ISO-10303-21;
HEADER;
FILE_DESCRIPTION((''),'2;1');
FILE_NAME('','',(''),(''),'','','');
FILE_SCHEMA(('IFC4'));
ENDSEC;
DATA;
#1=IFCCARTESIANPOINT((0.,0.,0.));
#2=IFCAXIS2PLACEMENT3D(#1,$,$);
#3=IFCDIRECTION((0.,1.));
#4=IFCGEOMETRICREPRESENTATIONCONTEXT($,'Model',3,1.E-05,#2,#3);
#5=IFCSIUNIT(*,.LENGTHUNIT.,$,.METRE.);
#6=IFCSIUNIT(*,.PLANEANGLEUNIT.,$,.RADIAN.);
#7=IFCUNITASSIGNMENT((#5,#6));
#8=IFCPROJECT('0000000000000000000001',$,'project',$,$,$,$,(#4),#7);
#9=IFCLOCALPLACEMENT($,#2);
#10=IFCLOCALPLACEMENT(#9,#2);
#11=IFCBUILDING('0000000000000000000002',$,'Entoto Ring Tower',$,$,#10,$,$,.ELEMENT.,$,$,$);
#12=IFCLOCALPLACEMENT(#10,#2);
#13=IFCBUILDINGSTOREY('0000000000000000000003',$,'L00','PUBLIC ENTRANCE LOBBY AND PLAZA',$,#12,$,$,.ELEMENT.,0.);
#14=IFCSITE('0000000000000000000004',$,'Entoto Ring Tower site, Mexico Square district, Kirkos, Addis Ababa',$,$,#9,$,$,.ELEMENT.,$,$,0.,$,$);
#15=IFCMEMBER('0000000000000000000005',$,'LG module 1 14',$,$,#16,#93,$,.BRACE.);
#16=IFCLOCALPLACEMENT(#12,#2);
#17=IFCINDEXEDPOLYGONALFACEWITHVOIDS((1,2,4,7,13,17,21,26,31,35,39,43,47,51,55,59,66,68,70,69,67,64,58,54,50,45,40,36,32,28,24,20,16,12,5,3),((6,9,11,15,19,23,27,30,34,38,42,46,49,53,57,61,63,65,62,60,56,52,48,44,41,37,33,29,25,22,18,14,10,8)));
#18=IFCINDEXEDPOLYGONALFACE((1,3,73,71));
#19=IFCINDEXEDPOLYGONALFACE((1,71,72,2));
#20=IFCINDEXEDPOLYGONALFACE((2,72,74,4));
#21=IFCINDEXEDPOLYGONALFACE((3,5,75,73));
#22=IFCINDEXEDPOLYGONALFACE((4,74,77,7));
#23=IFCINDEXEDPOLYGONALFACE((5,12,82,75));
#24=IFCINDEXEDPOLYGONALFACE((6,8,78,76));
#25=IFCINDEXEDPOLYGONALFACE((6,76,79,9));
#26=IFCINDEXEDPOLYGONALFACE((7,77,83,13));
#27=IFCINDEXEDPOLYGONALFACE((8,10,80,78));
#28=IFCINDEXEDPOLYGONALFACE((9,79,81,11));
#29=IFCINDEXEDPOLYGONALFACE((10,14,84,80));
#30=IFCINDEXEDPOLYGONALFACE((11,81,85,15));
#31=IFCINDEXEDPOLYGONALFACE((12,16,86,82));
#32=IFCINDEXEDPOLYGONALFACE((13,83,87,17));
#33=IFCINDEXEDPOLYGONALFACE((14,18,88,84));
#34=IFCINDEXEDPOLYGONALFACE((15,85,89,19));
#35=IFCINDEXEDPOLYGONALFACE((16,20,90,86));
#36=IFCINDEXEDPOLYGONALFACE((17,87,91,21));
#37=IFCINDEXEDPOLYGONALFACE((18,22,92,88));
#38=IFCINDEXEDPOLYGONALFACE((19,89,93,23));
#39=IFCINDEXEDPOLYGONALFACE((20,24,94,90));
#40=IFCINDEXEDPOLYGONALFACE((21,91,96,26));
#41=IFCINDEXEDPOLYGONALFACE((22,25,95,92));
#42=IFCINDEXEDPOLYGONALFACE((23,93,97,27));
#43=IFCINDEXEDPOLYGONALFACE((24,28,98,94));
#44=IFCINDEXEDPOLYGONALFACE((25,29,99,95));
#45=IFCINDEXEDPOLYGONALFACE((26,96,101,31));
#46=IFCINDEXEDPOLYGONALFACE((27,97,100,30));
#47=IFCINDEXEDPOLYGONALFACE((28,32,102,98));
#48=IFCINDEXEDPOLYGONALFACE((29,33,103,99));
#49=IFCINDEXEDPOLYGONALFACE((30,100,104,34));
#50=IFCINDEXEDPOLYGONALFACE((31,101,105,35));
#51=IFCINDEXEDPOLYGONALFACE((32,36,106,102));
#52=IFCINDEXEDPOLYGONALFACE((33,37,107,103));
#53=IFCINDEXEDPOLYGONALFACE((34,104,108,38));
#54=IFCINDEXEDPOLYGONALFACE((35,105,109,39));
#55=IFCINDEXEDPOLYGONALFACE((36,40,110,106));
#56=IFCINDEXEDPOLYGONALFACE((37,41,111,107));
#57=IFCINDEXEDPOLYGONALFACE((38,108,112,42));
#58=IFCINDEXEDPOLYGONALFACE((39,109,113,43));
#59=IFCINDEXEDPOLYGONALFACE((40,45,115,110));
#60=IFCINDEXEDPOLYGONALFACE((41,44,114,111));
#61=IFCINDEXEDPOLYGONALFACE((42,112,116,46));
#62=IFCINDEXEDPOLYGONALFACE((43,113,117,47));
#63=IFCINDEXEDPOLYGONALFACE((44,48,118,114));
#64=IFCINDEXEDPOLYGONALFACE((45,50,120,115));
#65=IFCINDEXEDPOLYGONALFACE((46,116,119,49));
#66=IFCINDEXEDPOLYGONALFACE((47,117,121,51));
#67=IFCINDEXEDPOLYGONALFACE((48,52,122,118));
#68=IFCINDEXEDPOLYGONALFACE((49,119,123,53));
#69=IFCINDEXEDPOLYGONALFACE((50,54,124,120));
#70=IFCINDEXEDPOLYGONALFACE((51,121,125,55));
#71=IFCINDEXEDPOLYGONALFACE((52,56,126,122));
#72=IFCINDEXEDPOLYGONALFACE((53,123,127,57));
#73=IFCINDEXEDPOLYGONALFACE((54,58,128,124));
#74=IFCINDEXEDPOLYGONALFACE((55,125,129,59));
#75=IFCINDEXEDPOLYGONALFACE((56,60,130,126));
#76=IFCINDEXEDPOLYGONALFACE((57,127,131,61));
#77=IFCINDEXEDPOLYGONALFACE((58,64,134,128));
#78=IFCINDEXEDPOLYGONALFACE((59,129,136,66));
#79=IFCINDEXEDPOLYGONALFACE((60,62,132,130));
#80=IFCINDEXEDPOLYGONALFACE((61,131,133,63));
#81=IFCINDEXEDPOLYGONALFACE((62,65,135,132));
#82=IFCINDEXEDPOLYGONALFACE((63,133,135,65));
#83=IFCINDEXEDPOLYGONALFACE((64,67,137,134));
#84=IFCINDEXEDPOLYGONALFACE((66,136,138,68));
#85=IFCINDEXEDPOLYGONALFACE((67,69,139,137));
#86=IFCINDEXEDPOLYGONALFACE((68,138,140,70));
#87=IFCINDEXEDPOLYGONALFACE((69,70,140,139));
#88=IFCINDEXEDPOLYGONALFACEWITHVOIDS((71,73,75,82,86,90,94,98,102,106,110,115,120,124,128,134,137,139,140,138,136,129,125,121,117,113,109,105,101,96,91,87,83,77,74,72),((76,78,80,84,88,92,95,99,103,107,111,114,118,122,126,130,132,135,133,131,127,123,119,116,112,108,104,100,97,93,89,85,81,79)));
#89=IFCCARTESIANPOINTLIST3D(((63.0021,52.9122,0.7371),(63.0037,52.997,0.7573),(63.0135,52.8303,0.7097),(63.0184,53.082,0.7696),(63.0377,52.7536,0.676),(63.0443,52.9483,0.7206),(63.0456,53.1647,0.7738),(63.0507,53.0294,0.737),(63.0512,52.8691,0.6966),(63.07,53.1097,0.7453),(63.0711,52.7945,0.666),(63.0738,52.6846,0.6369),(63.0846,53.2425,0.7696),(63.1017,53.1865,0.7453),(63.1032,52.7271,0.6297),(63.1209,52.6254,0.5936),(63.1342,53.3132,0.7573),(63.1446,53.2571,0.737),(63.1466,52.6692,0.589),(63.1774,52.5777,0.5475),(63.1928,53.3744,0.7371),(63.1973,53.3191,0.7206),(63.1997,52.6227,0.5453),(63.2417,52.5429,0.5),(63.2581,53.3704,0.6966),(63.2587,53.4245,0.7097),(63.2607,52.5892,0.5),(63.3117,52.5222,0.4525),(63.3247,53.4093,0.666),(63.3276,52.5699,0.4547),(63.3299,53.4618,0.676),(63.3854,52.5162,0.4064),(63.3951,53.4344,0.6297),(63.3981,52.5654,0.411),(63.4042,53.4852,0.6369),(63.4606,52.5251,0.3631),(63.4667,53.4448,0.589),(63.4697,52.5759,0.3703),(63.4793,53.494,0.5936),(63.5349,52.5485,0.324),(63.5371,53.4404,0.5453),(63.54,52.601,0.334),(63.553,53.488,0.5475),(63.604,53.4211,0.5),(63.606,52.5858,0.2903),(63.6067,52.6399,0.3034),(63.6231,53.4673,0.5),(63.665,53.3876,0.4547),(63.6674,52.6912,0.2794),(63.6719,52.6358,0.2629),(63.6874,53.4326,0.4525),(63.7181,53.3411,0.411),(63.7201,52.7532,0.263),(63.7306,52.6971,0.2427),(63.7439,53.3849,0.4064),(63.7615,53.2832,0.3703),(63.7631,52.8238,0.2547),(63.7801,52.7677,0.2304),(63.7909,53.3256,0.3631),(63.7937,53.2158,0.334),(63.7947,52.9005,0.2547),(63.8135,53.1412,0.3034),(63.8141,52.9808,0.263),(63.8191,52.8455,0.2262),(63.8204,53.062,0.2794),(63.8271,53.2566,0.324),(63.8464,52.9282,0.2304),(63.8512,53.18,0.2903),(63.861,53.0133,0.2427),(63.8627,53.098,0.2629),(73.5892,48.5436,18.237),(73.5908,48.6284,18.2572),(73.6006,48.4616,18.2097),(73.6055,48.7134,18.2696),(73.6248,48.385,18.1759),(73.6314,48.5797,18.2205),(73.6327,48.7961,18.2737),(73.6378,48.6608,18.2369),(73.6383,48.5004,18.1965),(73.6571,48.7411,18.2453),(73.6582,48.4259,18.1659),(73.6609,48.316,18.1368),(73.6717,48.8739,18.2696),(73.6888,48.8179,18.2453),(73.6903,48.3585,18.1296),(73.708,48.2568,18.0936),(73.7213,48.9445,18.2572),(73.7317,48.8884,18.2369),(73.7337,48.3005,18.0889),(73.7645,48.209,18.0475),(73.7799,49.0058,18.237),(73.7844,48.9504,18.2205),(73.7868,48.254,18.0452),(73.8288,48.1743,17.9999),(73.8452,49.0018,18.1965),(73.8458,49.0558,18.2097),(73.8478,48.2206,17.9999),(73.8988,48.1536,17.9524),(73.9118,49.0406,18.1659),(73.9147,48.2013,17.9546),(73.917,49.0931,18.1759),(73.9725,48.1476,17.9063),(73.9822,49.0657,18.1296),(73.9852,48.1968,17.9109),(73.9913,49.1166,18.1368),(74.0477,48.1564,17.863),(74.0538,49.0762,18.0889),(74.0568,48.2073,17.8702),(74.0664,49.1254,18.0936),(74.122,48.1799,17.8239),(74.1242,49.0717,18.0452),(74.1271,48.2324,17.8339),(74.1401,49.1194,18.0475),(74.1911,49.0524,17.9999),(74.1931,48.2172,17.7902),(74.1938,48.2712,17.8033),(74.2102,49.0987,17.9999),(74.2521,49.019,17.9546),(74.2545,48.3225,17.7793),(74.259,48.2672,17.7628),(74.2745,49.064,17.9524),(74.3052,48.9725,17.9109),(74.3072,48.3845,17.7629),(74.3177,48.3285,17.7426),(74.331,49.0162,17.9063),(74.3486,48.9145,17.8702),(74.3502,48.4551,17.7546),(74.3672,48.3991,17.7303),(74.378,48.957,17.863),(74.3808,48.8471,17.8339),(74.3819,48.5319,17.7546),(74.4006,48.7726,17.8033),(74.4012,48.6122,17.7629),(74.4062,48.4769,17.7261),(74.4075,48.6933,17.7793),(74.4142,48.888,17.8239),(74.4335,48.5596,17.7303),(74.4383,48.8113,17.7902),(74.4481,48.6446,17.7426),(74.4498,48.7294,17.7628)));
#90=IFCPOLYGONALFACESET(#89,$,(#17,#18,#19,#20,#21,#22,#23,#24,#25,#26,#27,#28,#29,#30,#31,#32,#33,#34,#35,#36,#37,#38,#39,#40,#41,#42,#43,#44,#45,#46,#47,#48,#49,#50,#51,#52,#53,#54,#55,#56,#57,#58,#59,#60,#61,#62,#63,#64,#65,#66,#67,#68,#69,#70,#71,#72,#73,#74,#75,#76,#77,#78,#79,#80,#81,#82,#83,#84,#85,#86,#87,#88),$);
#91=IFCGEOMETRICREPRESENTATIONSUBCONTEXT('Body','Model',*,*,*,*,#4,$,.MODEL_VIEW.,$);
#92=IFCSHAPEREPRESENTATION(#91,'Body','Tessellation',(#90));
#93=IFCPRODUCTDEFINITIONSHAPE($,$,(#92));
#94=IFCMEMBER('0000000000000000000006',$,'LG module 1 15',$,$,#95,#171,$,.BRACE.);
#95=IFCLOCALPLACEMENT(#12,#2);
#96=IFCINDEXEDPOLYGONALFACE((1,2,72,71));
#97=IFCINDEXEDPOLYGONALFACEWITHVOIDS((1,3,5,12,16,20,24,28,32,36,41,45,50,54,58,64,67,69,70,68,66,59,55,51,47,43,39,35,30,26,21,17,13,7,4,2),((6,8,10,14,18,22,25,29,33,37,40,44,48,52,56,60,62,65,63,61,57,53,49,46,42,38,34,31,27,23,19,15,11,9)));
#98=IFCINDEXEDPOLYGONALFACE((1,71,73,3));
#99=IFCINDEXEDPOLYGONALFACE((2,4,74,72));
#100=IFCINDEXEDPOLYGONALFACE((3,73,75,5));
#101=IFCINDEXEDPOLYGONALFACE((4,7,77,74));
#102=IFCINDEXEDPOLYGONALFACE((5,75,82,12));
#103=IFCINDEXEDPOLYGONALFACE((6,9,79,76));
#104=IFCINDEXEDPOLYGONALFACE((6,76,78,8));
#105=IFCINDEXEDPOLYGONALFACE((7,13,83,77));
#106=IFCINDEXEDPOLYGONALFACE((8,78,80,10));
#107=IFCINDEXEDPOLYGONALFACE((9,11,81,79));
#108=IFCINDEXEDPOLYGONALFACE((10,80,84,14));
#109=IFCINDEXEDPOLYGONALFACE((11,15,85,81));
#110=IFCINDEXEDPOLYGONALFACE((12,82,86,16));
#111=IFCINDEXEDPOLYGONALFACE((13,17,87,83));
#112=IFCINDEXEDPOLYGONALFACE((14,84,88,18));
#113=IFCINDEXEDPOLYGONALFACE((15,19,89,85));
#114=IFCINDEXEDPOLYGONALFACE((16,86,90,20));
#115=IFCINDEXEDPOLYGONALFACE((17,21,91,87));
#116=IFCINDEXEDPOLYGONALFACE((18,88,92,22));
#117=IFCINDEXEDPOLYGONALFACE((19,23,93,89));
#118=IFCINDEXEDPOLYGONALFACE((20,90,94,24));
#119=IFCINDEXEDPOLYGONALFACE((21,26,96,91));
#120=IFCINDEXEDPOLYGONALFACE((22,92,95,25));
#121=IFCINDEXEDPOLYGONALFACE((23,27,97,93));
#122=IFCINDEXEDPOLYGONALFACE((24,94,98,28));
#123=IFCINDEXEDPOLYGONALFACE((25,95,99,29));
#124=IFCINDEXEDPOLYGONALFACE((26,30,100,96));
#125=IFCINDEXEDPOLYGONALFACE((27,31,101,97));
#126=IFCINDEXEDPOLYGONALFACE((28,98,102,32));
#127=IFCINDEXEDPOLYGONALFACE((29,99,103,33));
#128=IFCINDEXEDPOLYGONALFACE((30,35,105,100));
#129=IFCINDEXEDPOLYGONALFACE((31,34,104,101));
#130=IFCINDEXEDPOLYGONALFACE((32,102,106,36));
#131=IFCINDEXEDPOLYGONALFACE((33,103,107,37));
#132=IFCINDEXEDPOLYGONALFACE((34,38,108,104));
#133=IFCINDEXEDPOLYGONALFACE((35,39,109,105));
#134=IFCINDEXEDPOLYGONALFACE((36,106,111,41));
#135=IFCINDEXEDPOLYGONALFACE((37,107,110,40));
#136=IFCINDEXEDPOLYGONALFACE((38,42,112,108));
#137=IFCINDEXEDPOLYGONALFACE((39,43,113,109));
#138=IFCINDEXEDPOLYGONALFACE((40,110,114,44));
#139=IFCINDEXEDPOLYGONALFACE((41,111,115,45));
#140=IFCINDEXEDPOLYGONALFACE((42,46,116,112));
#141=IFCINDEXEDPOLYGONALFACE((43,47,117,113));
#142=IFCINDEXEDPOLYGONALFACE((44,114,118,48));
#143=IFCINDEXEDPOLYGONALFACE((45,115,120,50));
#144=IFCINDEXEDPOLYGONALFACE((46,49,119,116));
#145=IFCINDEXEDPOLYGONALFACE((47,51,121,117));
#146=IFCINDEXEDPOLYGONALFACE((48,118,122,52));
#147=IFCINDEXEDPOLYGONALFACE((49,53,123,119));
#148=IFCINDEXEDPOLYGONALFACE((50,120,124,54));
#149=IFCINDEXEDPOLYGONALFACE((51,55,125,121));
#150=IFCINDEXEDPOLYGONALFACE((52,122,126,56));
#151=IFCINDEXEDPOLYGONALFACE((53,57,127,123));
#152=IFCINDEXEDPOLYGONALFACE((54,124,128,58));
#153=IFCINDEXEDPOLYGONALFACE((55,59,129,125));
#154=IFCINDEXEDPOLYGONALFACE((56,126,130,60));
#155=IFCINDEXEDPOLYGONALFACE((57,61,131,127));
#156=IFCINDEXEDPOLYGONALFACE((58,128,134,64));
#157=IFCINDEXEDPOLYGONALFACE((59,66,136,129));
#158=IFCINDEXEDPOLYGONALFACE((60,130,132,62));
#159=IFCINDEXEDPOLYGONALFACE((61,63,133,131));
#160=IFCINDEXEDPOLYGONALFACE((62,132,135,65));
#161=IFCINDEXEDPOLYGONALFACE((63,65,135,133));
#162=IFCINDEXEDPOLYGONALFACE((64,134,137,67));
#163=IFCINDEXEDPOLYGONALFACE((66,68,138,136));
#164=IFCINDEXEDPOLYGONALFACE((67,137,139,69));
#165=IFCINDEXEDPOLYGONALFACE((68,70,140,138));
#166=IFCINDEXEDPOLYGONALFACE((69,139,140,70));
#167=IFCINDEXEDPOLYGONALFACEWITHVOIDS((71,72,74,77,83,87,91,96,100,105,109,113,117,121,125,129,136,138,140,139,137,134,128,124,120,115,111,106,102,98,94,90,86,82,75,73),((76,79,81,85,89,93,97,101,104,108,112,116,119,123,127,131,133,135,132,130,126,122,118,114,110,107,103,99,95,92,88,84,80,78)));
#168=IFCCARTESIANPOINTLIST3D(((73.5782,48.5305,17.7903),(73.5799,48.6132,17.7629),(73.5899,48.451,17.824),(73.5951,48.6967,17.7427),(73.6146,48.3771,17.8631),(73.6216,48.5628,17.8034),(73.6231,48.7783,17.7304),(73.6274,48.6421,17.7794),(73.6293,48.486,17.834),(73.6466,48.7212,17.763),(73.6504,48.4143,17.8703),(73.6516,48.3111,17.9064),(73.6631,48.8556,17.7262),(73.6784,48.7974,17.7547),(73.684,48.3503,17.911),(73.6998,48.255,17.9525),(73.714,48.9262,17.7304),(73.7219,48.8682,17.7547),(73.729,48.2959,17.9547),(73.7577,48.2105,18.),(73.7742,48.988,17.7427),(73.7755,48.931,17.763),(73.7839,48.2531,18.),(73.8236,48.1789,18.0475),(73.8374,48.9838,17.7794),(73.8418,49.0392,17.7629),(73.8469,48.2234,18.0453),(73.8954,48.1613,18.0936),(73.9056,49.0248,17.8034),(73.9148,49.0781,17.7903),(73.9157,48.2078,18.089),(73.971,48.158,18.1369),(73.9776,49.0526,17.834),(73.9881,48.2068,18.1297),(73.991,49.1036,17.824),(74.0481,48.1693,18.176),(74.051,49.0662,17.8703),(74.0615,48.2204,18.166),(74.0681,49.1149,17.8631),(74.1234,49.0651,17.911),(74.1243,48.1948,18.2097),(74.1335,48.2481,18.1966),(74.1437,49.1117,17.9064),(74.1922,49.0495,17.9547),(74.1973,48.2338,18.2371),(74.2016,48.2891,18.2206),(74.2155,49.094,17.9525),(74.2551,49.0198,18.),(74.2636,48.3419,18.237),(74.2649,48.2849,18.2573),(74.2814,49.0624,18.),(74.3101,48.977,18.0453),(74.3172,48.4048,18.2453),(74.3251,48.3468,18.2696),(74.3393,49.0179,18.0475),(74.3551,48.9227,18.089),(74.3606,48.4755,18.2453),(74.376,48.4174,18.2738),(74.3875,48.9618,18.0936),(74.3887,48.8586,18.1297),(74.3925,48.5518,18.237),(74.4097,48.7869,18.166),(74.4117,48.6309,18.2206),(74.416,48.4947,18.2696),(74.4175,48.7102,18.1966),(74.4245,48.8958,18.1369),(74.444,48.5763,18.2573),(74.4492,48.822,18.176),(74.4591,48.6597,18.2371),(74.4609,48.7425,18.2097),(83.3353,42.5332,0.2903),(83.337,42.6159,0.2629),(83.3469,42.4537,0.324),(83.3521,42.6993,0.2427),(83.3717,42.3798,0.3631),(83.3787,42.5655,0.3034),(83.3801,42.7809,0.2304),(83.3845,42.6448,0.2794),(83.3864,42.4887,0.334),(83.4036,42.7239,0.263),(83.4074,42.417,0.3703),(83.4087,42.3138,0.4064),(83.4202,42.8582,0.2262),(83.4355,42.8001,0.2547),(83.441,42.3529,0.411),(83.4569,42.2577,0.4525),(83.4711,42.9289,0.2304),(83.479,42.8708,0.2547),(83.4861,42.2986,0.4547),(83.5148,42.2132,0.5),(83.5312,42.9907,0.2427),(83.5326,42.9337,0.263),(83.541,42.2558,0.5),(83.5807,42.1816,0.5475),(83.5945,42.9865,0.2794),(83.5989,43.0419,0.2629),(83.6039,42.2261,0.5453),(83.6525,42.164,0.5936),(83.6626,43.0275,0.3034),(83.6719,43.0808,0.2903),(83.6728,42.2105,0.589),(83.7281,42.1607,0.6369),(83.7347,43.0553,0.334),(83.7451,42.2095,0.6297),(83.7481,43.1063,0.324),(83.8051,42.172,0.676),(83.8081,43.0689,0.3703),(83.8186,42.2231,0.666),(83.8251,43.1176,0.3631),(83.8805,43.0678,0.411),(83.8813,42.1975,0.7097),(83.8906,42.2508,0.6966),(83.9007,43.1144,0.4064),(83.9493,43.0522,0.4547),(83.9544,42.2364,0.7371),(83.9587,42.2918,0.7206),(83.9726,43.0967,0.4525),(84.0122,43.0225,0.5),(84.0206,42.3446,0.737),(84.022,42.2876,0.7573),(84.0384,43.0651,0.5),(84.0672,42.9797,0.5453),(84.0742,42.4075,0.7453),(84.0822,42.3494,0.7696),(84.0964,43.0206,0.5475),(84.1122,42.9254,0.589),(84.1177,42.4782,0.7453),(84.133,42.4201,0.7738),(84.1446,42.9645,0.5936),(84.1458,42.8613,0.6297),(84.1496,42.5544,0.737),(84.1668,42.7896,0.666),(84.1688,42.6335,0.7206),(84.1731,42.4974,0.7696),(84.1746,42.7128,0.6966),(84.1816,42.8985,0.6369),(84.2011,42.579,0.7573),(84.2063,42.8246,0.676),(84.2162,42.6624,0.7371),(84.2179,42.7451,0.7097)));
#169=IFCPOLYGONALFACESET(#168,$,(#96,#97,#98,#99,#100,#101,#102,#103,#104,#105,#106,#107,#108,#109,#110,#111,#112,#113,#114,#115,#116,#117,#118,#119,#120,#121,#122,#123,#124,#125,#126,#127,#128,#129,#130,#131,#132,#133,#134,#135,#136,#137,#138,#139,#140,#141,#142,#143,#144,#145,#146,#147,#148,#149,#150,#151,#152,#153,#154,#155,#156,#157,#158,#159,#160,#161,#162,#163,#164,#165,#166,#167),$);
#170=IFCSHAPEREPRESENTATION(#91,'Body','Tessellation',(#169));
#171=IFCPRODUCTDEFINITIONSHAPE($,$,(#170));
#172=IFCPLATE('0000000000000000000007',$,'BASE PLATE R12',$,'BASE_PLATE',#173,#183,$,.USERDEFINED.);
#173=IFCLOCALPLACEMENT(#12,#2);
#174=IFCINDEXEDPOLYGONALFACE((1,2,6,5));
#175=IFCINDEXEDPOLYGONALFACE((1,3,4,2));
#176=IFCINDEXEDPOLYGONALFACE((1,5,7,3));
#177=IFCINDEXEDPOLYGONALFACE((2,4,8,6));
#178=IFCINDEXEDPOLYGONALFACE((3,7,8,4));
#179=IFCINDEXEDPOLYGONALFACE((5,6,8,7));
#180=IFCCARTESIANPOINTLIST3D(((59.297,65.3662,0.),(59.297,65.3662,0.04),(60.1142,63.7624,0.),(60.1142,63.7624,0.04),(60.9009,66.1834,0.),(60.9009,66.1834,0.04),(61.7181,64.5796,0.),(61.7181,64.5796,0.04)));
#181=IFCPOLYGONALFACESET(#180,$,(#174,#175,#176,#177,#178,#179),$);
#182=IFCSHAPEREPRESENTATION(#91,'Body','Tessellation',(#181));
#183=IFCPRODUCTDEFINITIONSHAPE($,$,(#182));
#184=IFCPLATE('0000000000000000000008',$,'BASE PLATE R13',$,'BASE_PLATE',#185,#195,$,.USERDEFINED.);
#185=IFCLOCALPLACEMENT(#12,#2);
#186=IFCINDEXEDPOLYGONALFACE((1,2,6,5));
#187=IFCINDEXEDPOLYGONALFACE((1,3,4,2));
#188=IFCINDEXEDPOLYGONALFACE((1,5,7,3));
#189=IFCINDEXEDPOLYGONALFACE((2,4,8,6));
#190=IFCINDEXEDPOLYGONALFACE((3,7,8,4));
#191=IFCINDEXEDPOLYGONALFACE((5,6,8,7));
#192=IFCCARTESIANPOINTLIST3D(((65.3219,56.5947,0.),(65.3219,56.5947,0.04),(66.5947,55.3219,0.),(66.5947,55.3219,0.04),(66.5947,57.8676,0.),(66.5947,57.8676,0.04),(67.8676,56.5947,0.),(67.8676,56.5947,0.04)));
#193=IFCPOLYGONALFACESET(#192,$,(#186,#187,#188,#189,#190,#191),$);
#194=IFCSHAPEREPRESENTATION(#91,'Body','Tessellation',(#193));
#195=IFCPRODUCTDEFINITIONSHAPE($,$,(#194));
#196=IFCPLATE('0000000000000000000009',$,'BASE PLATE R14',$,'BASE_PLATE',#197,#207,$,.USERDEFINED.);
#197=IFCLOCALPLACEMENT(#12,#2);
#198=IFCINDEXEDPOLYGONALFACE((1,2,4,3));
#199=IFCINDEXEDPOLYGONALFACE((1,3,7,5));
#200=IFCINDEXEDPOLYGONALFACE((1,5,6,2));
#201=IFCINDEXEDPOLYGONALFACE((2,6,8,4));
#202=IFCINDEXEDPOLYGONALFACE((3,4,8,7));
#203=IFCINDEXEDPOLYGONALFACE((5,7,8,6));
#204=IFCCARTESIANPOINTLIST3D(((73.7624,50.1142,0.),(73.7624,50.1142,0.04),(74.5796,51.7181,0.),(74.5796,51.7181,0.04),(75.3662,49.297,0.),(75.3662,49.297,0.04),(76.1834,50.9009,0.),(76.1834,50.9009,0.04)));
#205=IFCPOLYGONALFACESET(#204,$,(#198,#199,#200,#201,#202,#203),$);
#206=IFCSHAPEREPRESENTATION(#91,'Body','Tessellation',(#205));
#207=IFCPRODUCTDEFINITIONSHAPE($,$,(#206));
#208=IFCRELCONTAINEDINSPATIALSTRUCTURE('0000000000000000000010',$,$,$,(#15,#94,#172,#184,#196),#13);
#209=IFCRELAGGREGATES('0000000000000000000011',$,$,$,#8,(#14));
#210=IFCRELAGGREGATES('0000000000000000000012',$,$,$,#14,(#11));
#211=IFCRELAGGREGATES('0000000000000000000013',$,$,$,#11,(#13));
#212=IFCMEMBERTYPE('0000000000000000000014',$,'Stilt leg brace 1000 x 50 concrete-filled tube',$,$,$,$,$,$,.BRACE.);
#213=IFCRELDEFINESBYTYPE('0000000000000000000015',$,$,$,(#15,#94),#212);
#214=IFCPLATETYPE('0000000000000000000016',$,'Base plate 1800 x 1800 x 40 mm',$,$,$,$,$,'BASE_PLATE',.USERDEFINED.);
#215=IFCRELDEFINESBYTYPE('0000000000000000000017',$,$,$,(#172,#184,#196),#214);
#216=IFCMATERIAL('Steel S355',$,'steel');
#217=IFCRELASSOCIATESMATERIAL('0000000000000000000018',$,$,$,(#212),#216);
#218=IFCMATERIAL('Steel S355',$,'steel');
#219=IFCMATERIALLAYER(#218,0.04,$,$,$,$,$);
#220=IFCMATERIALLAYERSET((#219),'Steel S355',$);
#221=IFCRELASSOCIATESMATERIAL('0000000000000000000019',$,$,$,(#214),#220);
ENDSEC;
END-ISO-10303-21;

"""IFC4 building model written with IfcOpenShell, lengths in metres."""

from ifc_helpers import new_model, si_unit, direction, frame, origin, origin_2d, place, context, subcontext, project, spatial, rectangle, circle, hollow_circle, extrude, material, layer, layer_set, material_profile, profile_set, type_object, element, save


model = new_model("IFC4")

# Units and contexts
model_context = context("Model", 3, precision=1e-05, world=origin(), true_north=direction((0.0, 1.0)))
body_context = subcontext(model_context, "Body", "Model", "MODEL_VIEW")
ifc_project = project(units=[si_unit("LENGTHUNIT", "METRE"), si_unit("PLANEANGLEUNIT", "RADIAN")], contexts=[model_context])

# Site, building, storey
site_placement = place(None, origin())
site = spatial("IfcSite", under=ifc_project, at=site_placement, Name="Entoto Ring Tower site, Mexico Square district, Kirkos, Addis Ababa", CompositionType="ELEMENT", RefElevation=0.0)
building_placement = place(site_placement, origin())
building = spatial("IfcBuilding", under=site, at=building_placement, Name="Entoto Ring Tower", CompositionType="ELEMENT")
storey_placement = place(building_placement, origin())
storey = spatial("IfcBuildingStorey", under=building, at=storey_placement, Name="L00", Description="PUBLIC ENTRANCE LOBBY AND PLAZA", CompositionType="ELEMENT", Elevation=0.0)

# Members
ifc_material_1 = material(Name="Steel S355", Category="steel")
ifc_material_profile_1 = material_profile(ifc_material_1, hollow_circle(Radius=0.5, WallThickness=0.05, at=origin_2d()), Name="CHS 1000 x 50")
ifc_material_2 = material(Name="Concrete C60/75", Category="concrete")
ifc_material_profile_2 = material_profile(ifc_material_2, circle(Radius=0.45, at=origin_2d()), Name="Concrete C60/75 infill")
ifc_profile_set_1 = profile_set([ifc_material_profile_1, ifc_material_profile_2], Name="Steel S355")
member_type = type_object("IfcMemberType", Name="Stilt leg brace 1000 x 50 concrete-filled tube", PredefinedType="BRACE", material=ifc_profile_set_1)
for number, where, z_axis, x_axis, name in (
    (1, (63.4324, 53.0051, 0.5), (0.506207, -0.20888, 0.836734), (0.381439, 0.924394, 0.0), "LG module 1 14"),
    (2, (83.7766, 42.6392, 0.5), (-0.466521, 0.286753, 0.836738), (-0.523651, -0.851933, 0.0), "LG module 1 15"),
):
    element("IfcMember", number, at=place(storey_placement, frame(where, z_axis=z_axis, x_axis=x_axis)), inside=storey, type_object=member_type, Name=name, PredefinedType="BRACE", context=body_context, shape_type="SweptSolid", body=[
        extrude(hollow_circle(Radius=0.5, WallThickness=0.05, at=origin_2d()), origin(), (0.0, 0.0, 1.0), 20.9146),
    ])

# Plates
ifc_material_3 = material(Name="Steel S355", Category="steel")
ifc_layer_1 = layer(ifc_material_3, 0.04)
ifc_layer_set_1 = layer_set([ifc_layer_1], Name="Steel S355")
plate_type = type_object("IfcPlateType", Name="Base plate 1800 x 1800 x 40 mm", ElementType="BASE_PLATE", PredefinedType="USERDEFINED", material=ifc_layer_set_1)
for number, where, z_axis, x_axis, name in (
    (3, (60.5076, 64.9729, 0.0), (0.0, 0.0, 1.0), (-0.891007, -0.45399, 0.0), "BASE PLATE R12"),
    (4, (66.5947, 56.5947, 0.0), (0.0, 0.0, 1.0), (-0.707107, -0.707107, 0.0), "BASE PLATE R13"),
    (5, (74.9729, 50.5076, 0.0), (0.0, 0.0, 1.0), (-0.45399, -0.891007, 0.0), "BASE PLATE R14"),
):
    element("IfcPlate", number, at=place(storey_placement, frame(where, z_axis=z_axis, x_axis=x_axis)), inside=storey, type_object=plate_type, Name=name, ObjectType="BASE_PLATE", PredefinedType="USERDEFINED", context=body_context, shape_type="SweptSolid", body=[
        extrude(rectangle(XDim=1.8, YDim=1.8, at=origin_2d()), origin(), (0.0, 0.0, 1.0), 0.04),
    ])

save(model, "model.ifc")
